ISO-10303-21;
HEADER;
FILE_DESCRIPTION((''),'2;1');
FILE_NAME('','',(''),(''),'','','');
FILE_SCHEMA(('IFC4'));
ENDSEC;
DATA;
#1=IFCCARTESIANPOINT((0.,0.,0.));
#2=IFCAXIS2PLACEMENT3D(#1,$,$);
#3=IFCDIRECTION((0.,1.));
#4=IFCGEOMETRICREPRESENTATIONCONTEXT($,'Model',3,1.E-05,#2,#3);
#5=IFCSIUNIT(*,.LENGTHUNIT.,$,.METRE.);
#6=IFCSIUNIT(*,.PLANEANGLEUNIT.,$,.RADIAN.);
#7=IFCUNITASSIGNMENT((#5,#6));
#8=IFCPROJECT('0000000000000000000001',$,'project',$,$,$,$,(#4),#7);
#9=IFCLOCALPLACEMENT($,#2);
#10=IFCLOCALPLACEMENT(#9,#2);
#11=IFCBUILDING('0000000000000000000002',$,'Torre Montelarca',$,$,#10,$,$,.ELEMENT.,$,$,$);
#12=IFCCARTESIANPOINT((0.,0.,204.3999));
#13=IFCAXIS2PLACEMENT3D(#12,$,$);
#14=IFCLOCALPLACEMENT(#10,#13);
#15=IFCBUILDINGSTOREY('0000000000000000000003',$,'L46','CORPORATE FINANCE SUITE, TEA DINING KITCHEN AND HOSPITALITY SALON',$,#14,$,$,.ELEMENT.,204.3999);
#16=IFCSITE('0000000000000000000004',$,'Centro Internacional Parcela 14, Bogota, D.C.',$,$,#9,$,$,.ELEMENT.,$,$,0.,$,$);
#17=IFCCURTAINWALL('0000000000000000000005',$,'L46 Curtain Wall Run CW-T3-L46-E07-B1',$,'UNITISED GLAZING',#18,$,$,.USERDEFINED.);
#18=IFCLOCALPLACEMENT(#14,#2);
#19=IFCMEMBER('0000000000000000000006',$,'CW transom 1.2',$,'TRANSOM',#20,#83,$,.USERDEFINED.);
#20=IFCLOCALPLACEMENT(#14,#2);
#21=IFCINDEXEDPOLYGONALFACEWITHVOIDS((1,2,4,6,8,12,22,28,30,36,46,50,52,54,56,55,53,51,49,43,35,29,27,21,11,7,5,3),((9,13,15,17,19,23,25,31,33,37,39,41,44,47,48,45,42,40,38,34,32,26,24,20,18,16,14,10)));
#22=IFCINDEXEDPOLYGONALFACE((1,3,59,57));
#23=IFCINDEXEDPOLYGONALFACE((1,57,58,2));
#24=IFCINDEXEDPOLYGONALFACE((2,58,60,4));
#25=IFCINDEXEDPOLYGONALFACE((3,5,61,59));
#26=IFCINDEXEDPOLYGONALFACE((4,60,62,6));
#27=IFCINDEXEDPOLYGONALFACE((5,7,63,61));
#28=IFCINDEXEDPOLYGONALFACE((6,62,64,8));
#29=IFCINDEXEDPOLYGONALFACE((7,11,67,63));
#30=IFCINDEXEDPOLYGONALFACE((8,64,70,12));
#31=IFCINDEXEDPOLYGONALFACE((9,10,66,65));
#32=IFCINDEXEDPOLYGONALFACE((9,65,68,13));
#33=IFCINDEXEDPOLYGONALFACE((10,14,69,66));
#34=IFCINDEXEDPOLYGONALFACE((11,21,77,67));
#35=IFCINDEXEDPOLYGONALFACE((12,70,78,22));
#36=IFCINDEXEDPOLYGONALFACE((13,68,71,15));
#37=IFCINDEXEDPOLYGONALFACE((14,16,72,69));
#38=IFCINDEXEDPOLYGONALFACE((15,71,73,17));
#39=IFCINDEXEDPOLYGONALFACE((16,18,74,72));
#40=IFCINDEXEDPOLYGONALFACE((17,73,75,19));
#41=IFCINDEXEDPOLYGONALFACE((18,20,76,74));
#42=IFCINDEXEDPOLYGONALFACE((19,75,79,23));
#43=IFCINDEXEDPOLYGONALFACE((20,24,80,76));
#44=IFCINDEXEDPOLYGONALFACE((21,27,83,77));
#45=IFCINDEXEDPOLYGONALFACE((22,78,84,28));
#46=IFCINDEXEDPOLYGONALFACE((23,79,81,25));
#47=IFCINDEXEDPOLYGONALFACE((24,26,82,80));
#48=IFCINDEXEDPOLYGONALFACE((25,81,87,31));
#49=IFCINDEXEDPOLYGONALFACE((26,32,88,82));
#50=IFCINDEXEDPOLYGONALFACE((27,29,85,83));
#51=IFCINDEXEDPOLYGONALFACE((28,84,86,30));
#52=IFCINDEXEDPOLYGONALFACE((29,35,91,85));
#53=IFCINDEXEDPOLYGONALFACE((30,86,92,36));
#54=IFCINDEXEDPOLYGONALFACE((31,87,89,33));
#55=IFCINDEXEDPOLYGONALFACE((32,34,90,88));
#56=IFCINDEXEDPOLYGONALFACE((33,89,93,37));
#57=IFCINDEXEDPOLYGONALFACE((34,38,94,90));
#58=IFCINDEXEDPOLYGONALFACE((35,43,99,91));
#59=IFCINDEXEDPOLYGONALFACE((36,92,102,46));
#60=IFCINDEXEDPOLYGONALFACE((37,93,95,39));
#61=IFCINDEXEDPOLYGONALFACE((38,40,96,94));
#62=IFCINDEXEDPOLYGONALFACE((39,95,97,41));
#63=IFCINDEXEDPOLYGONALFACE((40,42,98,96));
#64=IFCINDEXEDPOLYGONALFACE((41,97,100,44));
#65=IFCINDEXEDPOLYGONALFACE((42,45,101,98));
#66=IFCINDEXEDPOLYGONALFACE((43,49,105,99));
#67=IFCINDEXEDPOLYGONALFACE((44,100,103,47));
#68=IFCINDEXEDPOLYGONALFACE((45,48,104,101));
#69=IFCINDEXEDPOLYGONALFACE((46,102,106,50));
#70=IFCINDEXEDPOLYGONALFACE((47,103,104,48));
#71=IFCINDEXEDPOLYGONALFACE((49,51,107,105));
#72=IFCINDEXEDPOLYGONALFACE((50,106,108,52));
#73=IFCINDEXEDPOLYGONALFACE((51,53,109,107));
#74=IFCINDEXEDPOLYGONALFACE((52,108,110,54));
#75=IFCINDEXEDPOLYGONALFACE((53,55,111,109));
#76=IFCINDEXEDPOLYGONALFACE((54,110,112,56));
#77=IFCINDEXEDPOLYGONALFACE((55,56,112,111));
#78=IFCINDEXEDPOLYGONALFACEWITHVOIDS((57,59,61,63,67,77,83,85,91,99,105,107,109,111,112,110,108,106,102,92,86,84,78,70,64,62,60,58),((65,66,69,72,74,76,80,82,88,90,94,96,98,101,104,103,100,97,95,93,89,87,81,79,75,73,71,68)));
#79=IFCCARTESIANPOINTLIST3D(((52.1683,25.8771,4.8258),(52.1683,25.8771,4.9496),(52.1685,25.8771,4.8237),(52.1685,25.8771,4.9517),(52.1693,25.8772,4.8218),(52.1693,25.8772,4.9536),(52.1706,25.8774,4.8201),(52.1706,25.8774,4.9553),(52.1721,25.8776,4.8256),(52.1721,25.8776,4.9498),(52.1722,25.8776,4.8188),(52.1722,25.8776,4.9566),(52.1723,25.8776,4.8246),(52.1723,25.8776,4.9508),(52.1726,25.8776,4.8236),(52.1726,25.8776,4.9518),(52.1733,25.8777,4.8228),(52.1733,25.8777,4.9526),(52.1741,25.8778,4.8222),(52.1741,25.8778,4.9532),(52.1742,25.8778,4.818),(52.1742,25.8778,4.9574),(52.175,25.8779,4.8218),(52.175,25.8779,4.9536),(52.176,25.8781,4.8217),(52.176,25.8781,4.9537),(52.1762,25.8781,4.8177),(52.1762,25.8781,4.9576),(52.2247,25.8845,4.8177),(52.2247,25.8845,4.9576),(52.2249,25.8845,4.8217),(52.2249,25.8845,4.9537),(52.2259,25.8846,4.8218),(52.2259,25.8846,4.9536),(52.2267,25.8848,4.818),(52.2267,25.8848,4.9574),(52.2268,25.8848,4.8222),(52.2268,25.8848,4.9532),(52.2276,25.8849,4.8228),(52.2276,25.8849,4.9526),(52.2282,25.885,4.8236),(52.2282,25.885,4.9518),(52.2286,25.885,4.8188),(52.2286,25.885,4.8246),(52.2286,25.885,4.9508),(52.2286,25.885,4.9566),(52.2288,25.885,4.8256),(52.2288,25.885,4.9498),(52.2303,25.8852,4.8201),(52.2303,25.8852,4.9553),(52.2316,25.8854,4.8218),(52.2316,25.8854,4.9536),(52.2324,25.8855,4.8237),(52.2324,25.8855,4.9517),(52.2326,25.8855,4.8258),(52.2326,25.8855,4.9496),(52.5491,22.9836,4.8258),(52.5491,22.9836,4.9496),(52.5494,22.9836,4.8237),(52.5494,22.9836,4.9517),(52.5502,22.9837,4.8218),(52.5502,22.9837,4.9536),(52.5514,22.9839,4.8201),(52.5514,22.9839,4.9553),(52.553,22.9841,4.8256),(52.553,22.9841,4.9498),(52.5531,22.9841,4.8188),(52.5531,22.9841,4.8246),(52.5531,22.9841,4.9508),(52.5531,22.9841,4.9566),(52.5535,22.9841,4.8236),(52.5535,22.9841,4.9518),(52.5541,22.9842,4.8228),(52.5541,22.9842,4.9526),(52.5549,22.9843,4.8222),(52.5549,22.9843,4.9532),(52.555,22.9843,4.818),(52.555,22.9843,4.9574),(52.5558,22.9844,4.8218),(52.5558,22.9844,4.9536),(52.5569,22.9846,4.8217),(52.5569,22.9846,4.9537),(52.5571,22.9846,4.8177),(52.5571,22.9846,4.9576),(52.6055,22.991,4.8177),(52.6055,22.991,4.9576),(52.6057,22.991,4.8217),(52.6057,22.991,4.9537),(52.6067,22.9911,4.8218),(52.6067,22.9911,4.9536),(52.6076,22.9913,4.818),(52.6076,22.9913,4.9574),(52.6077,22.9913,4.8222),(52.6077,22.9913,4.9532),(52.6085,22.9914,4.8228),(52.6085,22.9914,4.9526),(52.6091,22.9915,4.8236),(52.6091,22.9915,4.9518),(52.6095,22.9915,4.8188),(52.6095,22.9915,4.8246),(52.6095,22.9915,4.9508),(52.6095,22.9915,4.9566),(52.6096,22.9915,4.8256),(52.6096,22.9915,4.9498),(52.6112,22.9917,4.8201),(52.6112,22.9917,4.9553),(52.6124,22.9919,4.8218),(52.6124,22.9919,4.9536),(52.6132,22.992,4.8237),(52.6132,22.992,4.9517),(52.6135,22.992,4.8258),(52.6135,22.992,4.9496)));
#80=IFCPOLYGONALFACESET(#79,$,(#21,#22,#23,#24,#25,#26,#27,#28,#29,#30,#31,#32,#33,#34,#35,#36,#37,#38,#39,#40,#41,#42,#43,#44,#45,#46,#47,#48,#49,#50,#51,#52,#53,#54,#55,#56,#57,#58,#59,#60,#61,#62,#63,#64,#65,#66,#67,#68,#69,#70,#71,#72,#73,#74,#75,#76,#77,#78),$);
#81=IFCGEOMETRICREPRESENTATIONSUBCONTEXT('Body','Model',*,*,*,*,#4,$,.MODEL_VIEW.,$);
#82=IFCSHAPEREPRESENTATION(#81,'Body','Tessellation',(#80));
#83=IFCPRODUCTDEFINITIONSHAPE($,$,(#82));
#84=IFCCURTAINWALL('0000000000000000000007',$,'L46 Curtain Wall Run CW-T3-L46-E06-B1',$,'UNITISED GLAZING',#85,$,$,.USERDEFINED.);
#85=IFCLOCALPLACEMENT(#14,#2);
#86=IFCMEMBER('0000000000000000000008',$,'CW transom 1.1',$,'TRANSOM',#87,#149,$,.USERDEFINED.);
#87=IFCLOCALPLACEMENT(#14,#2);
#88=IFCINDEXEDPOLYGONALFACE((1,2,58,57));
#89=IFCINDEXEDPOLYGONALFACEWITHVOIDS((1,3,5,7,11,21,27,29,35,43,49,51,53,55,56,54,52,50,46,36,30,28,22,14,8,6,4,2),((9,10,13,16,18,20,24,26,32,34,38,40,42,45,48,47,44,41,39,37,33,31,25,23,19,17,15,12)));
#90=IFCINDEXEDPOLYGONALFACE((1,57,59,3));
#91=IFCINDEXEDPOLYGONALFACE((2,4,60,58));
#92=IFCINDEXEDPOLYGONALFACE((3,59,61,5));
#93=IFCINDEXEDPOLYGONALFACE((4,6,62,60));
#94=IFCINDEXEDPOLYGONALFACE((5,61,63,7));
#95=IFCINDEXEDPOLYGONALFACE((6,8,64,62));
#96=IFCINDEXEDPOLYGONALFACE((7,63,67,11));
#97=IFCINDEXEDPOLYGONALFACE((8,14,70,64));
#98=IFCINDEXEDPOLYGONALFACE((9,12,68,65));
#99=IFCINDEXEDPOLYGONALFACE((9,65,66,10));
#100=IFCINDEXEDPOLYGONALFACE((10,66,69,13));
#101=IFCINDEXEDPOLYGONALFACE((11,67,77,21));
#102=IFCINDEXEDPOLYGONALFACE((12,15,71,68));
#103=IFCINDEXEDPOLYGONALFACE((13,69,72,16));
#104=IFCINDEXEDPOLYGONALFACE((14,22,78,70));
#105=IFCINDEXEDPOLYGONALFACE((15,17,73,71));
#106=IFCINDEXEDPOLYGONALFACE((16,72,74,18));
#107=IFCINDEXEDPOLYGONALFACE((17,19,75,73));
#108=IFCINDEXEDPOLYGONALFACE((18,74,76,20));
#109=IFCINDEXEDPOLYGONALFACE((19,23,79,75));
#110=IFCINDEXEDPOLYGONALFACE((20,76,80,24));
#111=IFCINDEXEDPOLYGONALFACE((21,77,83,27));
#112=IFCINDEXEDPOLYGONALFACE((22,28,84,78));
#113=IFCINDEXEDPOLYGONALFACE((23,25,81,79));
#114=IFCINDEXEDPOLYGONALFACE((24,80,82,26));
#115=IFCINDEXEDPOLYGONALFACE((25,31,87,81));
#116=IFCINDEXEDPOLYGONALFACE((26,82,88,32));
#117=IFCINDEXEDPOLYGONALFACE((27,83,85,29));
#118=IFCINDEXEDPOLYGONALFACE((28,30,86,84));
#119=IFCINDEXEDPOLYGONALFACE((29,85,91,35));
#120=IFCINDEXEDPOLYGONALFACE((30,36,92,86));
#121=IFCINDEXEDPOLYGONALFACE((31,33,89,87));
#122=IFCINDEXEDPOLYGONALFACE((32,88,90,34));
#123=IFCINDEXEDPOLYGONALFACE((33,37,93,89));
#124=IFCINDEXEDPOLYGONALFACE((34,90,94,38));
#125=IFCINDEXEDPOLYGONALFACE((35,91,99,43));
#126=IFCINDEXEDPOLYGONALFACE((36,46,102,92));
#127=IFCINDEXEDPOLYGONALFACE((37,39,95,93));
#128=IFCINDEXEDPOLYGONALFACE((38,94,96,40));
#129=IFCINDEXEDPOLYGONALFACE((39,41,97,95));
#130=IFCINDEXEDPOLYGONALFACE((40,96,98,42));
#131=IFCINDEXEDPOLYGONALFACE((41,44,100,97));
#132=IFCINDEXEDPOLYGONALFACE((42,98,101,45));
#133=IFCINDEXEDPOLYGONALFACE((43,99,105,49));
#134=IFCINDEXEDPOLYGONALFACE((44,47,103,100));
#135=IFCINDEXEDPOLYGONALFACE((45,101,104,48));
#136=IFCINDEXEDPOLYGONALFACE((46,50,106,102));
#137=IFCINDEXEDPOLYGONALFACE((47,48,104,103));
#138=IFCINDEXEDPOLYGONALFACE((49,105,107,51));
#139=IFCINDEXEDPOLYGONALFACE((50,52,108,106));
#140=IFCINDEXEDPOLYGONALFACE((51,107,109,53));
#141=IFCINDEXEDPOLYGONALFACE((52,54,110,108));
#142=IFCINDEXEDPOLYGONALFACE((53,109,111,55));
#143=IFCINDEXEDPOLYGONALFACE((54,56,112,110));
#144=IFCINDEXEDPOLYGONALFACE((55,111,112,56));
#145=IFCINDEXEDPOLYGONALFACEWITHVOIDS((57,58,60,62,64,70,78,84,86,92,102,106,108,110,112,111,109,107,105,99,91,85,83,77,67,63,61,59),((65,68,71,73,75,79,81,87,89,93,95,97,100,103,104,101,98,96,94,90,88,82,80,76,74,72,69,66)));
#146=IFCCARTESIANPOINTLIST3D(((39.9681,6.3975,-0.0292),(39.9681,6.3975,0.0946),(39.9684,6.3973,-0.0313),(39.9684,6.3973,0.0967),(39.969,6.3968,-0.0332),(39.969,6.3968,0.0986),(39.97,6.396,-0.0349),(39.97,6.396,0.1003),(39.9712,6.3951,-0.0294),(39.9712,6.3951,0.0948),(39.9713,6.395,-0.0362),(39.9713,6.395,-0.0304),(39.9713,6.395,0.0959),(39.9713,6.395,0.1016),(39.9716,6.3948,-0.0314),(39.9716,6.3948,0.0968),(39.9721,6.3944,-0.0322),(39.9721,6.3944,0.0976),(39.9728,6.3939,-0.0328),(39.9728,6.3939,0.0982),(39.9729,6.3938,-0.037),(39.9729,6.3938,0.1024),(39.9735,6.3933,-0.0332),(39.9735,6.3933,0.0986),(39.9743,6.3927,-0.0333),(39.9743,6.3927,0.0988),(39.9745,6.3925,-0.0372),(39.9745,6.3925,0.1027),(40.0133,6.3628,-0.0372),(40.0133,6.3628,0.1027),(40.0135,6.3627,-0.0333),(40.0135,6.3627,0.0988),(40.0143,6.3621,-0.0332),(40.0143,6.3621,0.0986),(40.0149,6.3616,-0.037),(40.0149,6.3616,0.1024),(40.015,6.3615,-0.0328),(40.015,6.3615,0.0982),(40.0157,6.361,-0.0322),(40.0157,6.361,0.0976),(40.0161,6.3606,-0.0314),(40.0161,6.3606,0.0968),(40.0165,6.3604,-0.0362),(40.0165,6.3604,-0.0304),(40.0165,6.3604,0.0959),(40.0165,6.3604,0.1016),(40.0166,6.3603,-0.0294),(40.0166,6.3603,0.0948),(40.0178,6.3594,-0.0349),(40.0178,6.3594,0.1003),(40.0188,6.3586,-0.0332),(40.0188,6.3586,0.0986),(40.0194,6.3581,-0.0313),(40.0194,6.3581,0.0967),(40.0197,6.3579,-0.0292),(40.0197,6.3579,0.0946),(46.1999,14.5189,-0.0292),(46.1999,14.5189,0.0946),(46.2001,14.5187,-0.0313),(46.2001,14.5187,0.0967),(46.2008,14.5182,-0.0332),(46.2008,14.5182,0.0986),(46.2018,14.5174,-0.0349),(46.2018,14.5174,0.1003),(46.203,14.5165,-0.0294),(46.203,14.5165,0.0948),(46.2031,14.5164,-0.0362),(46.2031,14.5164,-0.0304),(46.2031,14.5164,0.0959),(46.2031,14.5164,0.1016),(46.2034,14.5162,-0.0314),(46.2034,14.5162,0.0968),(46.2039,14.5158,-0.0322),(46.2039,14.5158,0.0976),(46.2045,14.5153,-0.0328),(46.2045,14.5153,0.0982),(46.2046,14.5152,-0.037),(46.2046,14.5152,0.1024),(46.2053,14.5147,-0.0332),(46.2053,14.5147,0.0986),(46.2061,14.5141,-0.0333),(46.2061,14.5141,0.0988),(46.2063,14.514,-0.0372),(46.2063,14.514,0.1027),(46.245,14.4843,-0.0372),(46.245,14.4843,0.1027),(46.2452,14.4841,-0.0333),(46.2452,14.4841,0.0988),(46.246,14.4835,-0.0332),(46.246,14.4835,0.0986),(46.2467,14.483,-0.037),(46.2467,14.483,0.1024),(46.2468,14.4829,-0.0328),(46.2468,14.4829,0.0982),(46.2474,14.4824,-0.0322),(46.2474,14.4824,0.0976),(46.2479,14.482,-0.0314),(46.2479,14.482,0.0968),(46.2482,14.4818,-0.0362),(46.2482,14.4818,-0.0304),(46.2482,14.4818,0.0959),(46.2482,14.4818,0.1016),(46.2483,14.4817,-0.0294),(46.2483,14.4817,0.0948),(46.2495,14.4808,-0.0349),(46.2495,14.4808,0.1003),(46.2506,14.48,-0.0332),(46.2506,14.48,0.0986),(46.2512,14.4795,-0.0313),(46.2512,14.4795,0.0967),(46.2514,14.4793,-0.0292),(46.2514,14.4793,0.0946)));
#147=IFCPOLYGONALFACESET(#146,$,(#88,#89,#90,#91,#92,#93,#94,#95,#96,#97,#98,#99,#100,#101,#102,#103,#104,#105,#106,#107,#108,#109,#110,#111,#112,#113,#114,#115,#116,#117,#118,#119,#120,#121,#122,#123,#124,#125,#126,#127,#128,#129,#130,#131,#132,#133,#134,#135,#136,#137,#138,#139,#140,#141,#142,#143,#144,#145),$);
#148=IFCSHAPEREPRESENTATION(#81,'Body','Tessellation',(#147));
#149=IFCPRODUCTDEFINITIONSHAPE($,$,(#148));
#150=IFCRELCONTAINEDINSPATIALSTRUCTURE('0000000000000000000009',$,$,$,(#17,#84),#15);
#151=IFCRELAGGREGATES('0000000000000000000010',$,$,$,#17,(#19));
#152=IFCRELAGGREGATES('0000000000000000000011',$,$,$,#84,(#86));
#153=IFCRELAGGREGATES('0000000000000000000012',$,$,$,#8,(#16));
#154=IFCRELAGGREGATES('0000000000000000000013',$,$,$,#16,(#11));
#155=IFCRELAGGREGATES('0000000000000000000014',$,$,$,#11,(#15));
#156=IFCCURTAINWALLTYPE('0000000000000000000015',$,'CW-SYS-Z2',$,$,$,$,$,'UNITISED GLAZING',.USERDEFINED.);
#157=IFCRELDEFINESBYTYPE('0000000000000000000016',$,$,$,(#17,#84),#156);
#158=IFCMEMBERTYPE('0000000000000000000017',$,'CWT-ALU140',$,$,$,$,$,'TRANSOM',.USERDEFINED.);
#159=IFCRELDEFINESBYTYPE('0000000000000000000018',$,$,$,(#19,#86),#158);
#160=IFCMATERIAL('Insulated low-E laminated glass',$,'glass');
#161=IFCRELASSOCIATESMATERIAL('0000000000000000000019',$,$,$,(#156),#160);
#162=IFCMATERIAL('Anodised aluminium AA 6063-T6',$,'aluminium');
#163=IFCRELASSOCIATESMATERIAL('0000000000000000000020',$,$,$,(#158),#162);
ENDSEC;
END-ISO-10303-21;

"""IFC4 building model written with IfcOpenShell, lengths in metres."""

from ifc_helpers import new_model, si_unit, direction, frame, origin, origin_2d, place, context, subcontext, project, spatial, hollow_rectangle, extrude, source, transform, mapped, material, material_profile, profile_set, type_object, element, aggregate, save


model = new_model("IFC4")

# Units and contexts
model_context = context("Model", 3, precision=1e-05, world=origin(), true_north=direction((0.0, 1.0)))
body_context = subcontext(model_context, "Body", "Model", "MODEL_VIEW")
ifc_project = project(units=[si_unit("LENGTHUNIT", "METRE"), si_unit("PLANEANGLEUNIT", "RADIAN")], contexts=[model_context])

# Site, building, storey
site_placement = place(None, origin())
site = spatial("IfcSite", under=ifc_project, at=site_placement, Name="Centro Internacional Parcela 14, Bogota, D.C.", CompositionType="ELEMENT", RefElevation=0.0)
building_placement = place(site_placement, origin())
building = spatial("IfcBuilding", under=site, at=building_placement, Name="Torre Montelarca", CompositionType="ELEMENT")
storey_placement = place(building_placement, frame((0.0, 0.0, 204.3999)))
storey = spatial("IfcBuildingStorey", under=building, at=storey_placement, Name="L46", Description="CORPORATE FINANCE SUITE, TEA DINING KITCHEN AND HOSPITALITY SALON", CompositionType="ELEMENT", Elevation=204.3999)

# Curtain walls, members
ifc_material_1 = material(Name="Insulated low-E laminated glass", Category="glass")
curtain_wall_type = type_object("IfcCurtainWallType", Name="CW-SYS-Z2", ElementType="UNITISED GLAZING", PredefinedType="USERDEFINED", material=ifc_material_1)
ifc_material_2 = material(Name="Anodised aluminium AA 6063-T6", Category="aluminium")
ifc_material_profile_1 = material_profile(ifc_material_2, hollow_rectangle(XDim=0.0649, YDim=0.1399, WallThickness=0.0039, InnerFilletRadius=0.0039, OuterFilletRadius=0.0081, at=origin_2d()), Name="ALU65X140X4", Category="aluminium")
ifc_profile_set_1 = profile_set([ifc_material_profile_1], Name="Anodised aluminium AA 6063-T6")
member_type_1 = type_object("IfcMemberType", Name="CWT-ALU140", ElementType="TRANSOM", PredefinedType="USERDEFINED", material=ifc_profile_set_1)
curtain_wall_1_placement = place(storey_placement, origin())
curtain_wall_1 = element("IfcCurtainWall", 1, at=curtain_wall_1_placement, inside=storey, type_object=curtain_wall_type, Name="L46 Curtain Wall Run CW-T3-L46-E07-B1", ObjectType="UNITISED GLAZING", PredefinedType="USERDEFINED")
shared_shape_1 = source(origin(), body_context, "Body", "SweptSolid", [
    extrude(hollow_rectangle(XDim=0.0649, YDim=0.1399, WallThickness=0.0039, InnerFilletRadius=0.0039, OuterFilletRadius=0.0081, at=origin_2d()), origin(), (0.0, 0.0, 1.0), 2.9185),
])
member_1_placement = place(storey_placement, frame((52.5813, 22.9878, 4.8877), z_axis=(-0.130498, 0.991449, 0.0), x_axis=(-0.991449, -0.130498, 0.0)))
member_1 = element("IfcMember", 2, at=member_1_placement, type_object=member_type_1, Name="CW transom 1.2", ObjectType="TRANSOM", PredefinedType="USERDEFINED", context=body_context, shape_type="MappedRepresentation", body=[
    mapped(shared_shape_1, transform((0.0, 0.0, 0.0), scale=1.0)),
])
curtain_wall_2_placement = place(storey_placement, origin())
curtain_wall_2 = element("IfcCurtainWall", 3, at=curtain_wall_2_placement, inside=storey, type_object=curtain_wall_type, Name="L46 Curtain Wall Run CW-T3-L46-E06-B1", ObjectType="UNITISED GLAZING", PredefinedType="USERDEFINED")
shared_shape_2 = source(origin(), body_context, "Body", "SweptSolid", [
    extrude(hollow_rectangle(XDim=0.0649, YDim=0.1399, WallThickness=0.0039, InnerFilletRadius=0.0039, OuterFilletRadius=0.0081, at=origin_2d()), origin(), (0.0, 0.0, 1.0), 10.2368),
])
member_2_placement = place(storey_placement, frame((39.9939, 6.3777, 0.0327), z_axis=(0.608759, 0.793355, 0.0), x_axis=(-0.793355, 0.608759, 0.0)))
member_2 = element("IfcMember", 4, at=member_2_placement, type_object=member_type_1, Name="CW transom 1.1", ObjectType="TRANSOM", PredefinedType="USERDEFINED", context=body_context, shape_type="MappedRepresentation", body=[
    mapped(shared_shape_2, transform((0.0, 0.0, 0.0), scale=1.0)),
])

aggregate(curtain_wall_1, [member_1])
aggregate(curtain_wall_2, [member_2])

save(model, "model.ifc")
